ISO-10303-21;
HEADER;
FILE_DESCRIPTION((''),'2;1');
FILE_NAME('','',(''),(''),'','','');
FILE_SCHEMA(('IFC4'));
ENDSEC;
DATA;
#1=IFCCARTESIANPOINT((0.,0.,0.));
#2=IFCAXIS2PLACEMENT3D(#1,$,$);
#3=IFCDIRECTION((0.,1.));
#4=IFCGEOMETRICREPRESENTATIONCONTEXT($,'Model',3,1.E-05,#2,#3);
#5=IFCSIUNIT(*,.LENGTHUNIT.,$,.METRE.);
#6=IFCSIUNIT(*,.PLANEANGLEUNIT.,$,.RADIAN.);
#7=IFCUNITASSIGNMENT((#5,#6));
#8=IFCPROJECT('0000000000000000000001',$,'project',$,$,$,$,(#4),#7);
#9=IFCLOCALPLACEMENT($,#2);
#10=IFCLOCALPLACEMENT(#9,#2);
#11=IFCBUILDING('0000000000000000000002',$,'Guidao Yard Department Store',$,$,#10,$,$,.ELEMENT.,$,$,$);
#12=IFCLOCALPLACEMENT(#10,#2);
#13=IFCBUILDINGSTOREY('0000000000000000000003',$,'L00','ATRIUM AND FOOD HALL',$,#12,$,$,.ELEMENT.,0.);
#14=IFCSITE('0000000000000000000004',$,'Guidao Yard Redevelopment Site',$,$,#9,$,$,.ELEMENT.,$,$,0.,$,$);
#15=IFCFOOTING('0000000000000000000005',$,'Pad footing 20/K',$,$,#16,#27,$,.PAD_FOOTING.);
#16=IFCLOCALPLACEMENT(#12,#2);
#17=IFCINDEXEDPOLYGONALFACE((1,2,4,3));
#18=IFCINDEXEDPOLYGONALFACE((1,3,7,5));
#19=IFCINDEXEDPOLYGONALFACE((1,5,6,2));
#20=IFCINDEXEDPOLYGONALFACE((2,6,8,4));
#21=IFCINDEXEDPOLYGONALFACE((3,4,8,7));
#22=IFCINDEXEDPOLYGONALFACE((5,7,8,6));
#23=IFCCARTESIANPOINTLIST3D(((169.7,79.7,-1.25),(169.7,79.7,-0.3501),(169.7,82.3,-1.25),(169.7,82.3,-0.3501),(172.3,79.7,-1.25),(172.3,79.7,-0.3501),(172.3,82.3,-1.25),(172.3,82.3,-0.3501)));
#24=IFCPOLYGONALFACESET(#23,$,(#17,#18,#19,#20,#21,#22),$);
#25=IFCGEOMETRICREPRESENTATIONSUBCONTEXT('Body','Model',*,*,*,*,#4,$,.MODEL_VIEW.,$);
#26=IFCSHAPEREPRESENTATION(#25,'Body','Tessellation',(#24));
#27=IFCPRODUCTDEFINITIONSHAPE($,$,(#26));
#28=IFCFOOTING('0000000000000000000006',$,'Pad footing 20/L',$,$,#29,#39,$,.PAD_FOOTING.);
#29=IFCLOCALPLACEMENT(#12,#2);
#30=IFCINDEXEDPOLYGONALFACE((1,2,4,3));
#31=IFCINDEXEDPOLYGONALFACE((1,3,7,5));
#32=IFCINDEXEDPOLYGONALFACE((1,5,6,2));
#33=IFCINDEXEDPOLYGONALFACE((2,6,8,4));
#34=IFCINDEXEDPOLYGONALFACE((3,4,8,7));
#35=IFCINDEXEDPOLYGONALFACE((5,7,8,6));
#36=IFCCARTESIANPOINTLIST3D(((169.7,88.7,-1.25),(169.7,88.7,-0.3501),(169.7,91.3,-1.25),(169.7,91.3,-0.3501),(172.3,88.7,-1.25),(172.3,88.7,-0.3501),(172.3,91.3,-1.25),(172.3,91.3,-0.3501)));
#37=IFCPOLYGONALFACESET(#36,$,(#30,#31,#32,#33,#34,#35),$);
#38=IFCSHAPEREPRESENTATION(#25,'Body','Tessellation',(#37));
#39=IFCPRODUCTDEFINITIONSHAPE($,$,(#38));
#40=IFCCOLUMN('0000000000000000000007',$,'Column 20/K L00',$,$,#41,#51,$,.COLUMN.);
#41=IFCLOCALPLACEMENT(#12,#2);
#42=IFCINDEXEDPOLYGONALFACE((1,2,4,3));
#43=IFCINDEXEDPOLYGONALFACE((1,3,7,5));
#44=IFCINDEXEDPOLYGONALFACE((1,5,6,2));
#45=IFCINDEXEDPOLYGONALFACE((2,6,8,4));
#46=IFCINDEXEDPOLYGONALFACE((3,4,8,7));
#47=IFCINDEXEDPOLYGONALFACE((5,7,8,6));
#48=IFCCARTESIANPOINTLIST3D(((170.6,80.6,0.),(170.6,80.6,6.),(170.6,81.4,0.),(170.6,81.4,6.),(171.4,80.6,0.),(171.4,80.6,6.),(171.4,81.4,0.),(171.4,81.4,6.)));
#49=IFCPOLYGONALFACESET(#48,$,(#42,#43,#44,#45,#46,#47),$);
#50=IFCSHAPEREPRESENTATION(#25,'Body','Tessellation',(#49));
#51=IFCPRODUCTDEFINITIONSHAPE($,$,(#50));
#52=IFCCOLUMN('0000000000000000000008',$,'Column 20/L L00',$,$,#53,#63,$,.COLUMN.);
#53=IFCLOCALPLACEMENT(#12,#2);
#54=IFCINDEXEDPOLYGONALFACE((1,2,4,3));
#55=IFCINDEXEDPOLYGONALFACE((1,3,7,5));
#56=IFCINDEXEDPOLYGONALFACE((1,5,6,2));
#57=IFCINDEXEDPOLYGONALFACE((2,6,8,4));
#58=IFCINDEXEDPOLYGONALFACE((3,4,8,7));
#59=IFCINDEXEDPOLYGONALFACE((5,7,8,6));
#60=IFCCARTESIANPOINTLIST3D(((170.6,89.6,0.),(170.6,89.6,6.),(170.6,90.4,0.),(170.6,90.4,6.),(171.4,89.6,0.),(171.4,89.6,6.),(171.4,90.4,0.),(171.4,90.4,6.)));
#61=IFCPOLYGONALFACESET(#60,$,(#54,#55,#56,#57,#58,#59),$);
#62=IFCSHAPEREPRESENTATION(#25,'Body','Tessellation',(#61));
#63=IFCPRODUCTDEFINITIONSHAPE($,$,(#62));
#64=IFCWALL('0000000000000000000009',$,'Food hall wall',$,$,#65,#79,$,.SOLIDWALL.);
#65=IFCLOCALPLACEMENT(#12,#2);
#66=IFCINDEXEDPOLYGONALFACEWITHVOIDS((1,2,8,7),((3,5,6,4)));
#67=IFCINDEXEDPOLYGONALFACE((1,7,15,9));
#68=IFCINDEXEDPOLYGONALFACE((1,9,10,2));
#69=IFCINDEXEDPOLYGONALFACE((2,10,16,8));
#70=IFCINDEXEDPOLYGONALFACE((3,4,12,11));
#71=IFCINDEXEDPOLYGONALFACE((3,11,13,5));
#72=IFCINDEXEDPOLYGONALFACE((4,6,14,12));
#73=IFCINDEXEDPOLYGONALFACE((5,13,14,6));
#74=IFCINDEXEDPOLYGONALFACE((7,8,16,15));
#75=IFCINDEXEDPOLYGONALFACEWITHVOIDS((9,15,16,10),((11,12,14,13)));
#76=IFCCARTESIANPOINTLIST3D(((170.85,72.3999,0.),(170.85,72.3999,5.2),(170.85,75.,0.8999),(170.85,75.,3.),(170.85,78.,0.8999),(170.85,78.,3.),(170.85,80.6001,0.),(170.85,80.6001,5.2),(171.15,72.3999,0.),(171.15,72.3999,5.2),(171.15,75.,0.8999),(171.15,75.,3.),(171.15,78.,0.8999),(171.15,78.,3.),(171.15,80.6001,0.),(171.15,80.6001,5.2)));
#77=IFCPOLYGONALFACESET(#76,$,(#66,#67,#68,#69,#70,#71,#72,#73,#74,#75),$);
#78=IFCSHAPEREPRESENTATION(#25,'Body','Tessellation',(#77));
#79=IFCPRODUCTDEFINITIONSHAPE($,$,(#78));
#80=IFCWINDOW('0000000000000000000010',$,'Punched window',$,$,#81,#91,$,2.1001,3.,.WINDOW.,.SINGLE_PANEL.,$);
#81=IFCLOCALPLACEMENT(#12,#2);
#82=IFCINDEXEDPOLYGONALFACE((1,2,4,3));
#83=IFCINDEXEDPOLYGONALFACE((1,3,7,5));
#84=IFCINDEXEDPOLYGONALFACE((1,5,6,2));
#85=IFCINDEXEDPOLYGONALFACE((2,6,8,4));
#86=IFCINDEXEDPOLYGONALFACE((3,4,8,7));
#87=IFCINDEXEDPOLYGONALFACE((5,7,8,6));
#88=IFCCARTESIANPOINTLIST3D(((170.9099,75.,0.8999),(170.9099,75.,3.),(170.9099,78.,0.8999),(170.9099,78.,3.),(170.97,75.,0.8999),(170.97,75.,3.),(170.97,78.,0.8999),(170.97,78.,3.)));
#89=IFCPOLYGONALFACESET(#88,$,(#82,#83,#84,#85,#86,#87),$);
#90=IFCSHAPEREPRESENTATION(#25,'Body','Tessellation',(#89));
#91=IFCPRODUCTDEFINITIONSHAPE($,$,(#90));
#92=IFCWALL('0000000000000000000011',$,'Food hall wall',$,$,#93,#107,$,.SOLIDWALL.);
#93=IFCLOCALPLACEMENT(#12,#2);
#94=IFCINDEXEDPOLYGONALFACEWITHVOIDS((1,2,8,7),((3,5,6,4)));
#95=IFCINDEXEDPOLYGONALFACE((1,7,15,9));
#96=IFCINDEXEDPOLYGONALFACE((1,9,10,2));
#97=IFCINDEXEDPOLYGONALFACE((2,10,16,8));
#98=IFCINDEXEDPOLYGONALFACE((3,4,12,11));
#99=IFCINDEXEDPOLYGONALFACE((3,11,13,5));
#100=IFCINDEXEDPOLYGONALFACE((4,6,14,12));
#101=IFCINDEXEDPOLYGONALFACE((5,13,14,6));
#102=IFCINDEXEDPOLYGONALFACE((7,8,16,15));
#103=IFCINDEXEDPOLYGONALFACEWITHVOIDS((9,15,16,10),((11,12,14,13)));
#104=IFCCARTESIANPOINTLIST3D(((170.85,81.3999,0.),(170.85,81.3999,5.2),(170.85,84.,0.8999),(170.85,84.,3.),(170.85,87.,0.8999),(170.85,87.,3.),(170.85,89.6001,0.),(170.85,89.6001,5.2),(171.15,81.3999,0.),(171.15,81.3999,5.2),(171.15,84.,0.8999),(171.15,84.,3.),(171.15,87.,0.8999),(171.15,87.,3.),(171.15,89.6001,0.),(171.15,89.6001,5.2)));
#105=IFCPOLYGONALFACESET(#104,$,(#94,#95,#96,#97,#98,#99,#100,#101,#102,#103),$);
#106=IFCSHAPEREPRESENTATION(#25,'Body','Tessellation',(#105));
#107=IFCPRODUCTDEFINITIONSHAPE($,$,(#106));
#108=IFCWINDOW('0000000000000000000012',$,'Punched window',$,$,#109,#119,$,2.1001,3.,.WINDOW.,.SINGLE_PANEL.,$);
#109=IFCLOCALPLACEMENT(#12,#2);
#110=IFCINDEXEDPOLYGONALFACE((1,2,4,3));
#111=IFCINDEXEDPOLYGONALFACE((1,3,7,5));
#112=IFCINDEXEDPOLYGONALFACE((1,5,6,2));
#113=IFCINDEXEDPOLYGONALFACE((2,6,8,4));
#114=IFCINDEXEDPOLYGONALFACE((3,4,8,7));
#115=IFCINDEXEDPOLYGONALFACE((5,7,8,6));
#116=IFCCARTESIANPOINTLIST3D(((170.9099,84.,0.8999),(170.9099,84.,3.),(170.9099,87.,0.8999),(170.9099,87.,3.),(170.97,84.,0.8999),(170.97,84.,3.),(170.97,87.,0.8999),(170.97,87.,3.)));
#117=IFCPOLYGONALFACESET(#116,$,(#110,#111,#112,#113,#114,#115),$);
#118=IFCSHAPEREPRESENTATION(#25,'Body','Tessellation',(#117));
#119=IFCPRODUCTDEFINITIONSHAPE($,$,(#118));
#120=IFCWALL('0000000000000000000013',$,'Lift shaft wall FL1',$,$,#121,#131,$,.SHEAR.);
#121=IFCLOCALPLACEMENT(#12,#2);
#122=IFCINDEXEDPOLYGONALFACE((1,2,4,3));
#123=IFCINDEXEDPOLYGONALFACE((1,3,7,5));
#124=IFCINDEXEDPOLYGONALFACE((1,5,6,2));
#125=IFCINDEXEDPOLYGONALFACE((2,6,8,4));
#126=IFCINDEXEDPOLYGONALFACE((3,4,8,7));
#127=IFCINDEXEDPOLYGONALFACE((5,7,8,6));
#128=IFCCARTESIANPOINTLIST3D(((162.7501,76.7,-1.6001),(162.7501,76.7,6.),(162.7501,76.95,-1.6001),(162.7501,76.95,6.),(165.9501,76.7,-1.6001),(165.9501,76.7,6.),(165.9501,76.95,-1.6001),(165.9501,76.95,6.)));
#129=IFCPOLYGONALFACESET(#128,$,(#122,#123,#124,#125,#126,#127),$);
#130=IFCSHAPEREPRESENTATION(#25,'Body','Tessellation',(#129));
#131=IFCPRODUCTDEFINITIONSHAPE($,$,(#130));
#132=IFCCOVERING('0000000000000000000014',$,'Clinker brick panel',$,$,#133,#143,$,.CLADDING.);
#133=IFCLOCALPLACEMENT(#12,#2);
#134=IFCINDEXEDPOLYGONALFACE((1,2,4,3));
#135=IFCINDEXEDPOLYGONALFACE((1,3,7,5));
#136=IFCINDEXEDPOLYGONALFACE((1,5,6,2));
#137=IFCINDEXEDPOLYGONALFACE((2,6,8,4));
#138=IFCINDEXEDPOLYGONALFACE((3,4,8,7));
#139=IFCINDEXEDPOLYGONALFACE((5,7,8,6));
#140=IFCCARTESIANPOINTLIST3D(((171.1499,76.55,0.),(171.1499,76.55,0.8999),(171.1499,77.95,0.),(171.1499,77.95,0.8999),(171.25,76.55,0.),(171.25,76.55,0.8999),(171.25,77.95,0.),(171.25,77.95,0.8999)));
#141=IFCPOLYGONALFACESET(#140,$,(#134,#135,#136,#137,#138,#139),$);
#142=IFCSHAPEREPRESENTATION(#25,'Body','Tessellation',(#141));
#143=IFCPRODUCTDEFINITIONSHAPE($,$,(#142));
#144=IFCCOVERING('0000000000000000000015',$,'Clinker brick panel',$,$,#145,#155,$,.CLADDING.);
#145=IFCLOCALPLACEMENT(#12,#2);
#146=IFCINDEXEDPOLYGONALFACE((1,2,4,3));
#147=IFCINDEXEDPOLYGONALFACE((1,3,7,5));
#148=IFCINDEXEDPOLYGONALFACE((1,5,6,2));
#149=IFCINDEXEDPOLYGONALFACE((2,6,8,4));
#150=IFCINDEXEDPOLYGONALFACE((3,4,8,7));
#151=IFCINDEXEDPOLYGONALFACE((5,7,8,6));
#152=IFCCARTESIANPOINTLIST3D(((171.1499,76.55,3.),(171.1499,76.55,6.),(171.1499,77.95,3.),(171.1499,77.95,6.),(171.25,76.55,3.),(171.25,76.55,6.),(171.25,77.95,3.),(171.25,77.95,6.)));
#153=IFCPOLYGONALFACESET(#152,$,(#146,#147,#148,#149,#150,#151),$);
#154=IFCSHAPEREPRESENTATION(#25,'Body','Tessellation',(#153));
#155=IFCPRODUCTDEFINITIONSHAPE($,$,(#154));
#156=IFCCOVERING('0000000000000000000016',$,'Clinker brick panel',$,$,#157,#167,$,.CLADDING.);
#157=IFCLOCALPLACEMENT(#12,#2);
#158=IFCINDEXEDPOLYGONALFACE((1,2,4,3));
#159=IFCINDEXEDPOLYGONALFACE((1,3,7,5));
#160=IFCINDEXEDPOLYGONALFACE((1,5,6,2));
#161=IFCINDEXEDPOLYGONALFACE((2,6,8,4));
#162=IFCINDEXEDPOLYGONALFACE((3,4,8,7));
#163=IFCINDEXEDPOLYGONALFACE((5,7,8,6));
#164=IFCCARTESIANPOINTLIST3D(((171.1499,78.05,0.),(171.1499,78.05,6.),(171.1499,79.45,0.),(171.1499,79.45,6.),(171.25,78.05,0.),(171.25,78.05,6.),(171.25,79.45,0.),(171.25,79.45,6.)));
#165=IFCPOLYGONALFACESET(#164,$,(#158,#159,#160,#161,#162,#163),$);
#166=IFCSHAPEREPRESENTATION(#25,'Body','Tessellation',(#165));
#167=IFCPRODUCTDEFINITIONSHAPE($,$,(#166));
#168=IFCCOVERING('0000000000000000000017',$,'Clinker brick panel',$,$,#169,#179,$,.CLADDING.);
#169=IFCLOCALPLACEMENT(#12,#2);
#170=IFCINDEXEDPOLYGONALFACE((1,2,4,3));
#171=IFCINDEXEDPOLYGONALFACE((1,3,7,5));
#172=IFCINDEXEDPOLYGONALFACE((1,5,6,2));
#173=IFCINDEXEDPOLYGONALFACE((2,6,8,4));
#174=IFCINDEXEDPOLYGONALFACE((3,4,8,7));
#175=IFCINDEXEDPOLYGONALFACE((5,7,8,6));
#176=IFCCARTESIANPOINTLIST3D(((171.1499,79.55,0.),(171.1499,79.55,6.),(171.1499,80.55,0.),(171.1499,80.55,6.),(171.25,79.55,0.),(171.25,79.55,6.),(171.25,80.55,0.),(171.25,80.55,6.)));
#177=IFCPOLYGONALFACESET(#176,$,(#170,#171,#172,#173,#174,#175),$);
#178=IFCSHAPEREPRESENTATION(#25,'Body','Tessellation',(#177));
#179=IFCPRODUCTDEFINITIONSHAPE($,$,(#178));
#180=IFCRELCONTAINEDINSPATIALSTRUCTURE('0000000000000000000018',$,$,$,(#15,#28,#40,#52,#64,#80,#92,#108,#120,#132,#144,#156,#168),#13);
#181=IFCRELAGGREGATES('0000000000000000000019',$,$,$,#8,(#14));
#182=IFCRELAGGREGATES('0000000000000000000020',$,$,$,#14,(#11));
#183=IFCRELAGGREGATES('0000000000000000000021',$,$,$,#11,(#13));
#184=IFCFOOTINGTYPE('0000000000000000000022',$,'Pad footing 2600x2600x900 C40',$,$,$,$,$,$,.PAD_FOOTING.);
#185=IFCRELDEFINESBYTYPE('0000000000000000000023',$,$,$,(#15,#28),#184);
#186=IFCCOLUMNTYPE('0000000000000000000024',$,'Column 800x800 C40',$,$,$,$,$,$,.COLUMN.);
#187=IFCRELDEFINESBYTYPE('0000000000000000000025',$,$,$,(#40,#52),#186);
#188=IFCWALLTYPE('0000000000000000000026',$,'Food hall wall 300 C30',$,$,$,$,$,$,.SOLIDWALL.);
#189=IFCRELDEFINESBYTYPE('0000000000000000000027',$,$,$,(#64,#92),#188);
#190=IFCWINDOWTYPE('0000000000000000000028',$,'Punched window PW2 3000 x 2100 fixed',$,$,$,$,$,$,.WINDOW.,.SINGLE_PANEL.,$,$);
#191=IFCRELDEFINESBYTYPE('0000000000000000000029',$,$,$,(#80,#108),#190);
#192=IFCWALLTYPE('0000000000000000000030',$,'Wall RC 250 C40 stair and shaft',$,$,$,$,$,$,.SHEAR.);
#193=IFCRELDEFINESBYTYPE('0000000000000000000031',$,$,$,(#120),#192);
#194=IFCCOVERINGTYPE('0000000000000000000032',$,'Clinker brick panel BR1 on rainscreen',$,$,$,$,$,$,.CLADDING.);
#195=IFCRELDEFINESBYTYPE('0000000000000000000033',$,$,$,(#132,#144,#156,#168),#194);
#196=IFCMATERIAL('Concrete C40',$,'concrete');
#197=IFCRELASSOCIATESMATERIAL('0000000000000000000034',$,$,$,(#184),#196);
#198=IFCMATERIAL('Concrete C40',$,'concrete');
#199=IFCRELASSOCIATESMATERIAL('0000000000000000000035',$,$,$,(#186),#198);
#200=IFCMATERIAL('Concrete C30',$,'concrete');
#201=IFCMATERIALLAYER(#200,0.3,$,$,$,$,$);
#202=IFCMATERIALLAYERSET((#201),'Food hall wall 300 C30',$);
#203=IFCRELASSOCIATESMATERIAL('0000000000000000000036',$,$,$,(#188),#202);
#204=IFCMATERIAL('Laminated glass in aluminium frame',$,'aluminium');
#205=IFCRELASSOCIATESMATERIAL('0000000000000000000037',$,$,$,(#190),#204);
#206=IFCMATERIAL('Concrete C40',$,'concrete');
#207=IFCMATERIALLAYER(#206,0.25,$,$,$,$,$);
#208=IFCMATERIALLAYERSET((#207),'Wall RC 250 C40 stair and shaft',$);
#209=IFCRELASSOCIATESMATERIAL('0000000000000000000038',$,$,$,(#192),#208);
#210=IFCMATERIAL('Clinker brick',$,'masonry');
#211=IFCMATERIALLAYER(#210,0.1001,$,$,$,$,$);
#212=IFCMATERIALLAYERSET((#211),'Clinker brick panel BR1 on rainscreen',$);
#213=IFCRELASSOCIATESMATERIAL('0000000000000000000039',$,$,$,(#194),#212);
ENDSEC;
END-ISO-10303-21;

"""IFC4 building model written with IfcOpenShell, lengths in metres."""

from ifc_helpers import new_model, si_unit, direction, frame, frame_2d, origin, origin_2d, place, context, subcontext, project, spatial, rectangle, extrude, material, layer, layer_set, material_profile, profile_set, type_object, element, fill, save


model = new_model("IFC4")

# Units and contexts
model_context = context("Model", 3, precision=1e-05, world=origin(), true_north=direction((0.0, 1.0)))
body_context = subcontext(model_context, "Body", "Model", "MODEL_VIEW")
ifc_project = project(units=[si_unit("LENGTHUNIT", "METRE"), si_unit("PLANEANGLEUNIT", "RADIAN")], contexts=[model_context])

# Site, building, storey
site_placement = place(None, origin())
site = spatial("IfcSite", under=ifc_project, at=site_placement, Name="Guidao Yard Redevelopment Site", CompositionType="ELEMENT", RefElevation=0.0)
building_placement = place(site_placement, origin())
building = spatial("IfcBuilding", under=site, at=building_placement, Name="Guidao Yard Department Store", CompositionType="ELEMENT")
storey_placement = place(building_placement, origin())
storey = spatial("IfcBuildingStorey", under=building, at=storey_placement, Name="L00", Description="ATRIUM AND FOOD HALL", CompositionType="ELEMENT", Elevation=0.0)

# Footings
ifc_material_1 = material(Name="Concrete C40", Category="concrete")
footing_type = type_object("IfcFootingType", Name="Pad footing 2600x2600x900 C40", PredefinedType="PAD_FOOTING", material=ifc_material_1)
for number, where, z_axis, x_axis, name in (
    (1, (171.0, 81.0, -1.25), (0.0, 0.0, 1.0), (1.0, 0.0, 0.0), "Pad footing 20/K"),
    (2, (171.0, 90.0, -1.25), (0.0, 0.0, 1.0), (1.0, 0.0, 0.0), "Pad footing 20/L"),
):
    element("IfcFooting", number, at=place(storey_placement, frame(where, z_axis=z_axis, x_axis=x_axis)), inside=storey, type_object=footing_type, Name=name, PredefinedType="PAD_FOOTING", context=body_context, shape_type="SweptSolid", body=[
        extrude(rectangle(XDim=2.6001, YDim=2.6001, at=origin_2d()), origin(), (0.0, 0.0, 1.0), 0.8999),
    ])

# Columns
ifc_material_2 = material(Name="Concrete C40", Category="concrete")
ifc_material_profile = material_profile(ifc_material_2, rectangle(XDim=0.8, YDim=0.8, at=origin_2d()), Name="COL 800x800")
ifc_profile_set = profile_set([ifc_material_profile], Name="Concrete C40")
column_type = type_object("IfcColumnType", Name="Column 800x800 C40", PredefinedType="COLUMN", material=ifc_profile_set)
for number, where, z_axis, x_axis, name in (
    (3, (171.0, 81.0, 0.0), (0.0, 0.0, 1.0), (1.0, 0.0, 0.0), "Column 20/K L00"),
    (4, (171.0, 90.0, 0.0), (0.0, 0.0, 1.0), (1.0, 0.0, 0.0), "Column 20/L L00"),
):
    element("IfcColumn", number, at=place(storey_placement, frame(where, z_axis=z_axis, x_axis=x_axis)), inside=storey, type_object=column_type, Name=name, PredefinedType="COLUMN", context=body_context, shape_type="SweptSolid", body=[
        extrude(rectangle(XDim=0.8, YDim=0.8, at=origin_2d()), origin(), (0.0, 0.0, 1.0), 6.0),
    ])

# Walls, openings, windows
ifc_material_3 = material(Name="Concrete C30", Category="concrete")
ifc_layer_1 = layer(ifc_material_3, 0.3)
ifc_layer_set_1 = layer_set([ifc_layer_1], Name="Food hall wall 300 C30")
wall_type_1 = type_object("IfcWallType", Name="Food hall wall 300 C30", PredefinedType="SOLIDWALL", material=ifc_layer_set_1)
wall_1_placement = place(storey_placement, frame((171.0, 80.6001, 0.0), z_axis=(0.0, 0.0, 1.0), x_axis=(0.0, -1.0, 0.0)))
wall_1 = element("IfcWall", 5, at=wall_1_placement, inside=storey, type_object=wall_type_1, Name="Food hall wall", PredefinedType="SOLIDWALL", context=body_context, shape_type="SweptSolid", body=[
    extrude(rectangle(XDim=8.2002, YDim=0.3, at=frame_2d((4.1001, 0.0))), origin(), (0.0, 0.0, 1.0), 5.2),
])
opening_1_placement = place(wall_1_placement, frame((2.6001, 0.0, 0.8999)))
opening_1 = element("IfcOpeningElement", 6, at=opening_1_placement, cuts=wall_1, PredefinedType="OPENING", context=body_context, shape_type="SweptSolid", body=[
    extrude(rectangle(XDim=3.0, YDim=2.1001, at=frame_2d((1.5, 1.05))), frame((0.0, 0.1599, 0.0), z_axis=(0.0, -1.0, 0.0), x_axis=(1.0, 0.0, 0.0)), (0.0, 0.0, 1.0), 0.3201),
])
ifc_material_4 = material(Name="Laminated glass in aluminium frame", Category="aluminium")
window_type = type_object("IfcWindowType", Name="Punched window PW2 3000 x 2100 fixed", PartitioningType="SINGLE_PANEL", PredefinedType="WINDOW", material=ifc_material_4)
window_1_placement = place(opening_1_placement, origin())
window_1 = element("IfcWindow", 7, at=window_1_placement, inside=storey, type_object=window_type, Name="Punched window", OverallHeight=2.1001, OverallWidth=3.0, PartitioningType="SINGLE_PANEL", PredefinedType="WINDOW", context=body_context, shape_type="SweptSolid", body=[
    extrude(rectangle(XDim=3.0, YDim=2.1001, at=frame_2d((1.5, 1.05))), frame((0.0, -0.03, 0.0), z_axis=(0.0, -1.0, 0.0), x_axis=(1.0, 0.0, 0.0)), (0.0, 0.0, 1.0), 0.0601),
])
fill(opening_1, window_1)
wall_2_placement = place(storey_placement, frame((171.0, 89.6001, 0.0), z_axis=(0.0, 0.0, 1.0), x_axis=(0.0, -1.0, 0.0)))
wall_2 = element("IfcWall", 8, at=wall_2_placement, inside=storey, type_object=wall_type_1, Name="Food hall wall", PredefinedType="SOLIDWALL", context=body_context, shape_type="SweptSolid", body=[
    extrude(rectangle(XDim=8.2002, YDim=0.3, at=frame_2d((4.1001, 0.0))), origin(), (0.0, 0.0, 1.0), 5.2),
])
opening_2_placement = place(wall_2_placement, frame((2.6001, 0.0, 0.8999)))
opening_2 = element("IfcOpeningElement", 9, at=opening_2_placement, cuts=wall_2, PredefinedType="OPENING", context=body_context, shape_type="SweptSolid", body=[
    extrude(rectangle(XDim=3.0, YDim=2.1001, at=frame_2d((1.5, 1.05))), frame((0.0, 0.1599, 0.0), z_axis=(0.0, -1.0, 0.0), x_axis=(1.0, 0.0, 0.0)), (0.0, 0.0, 1.0), 0.3201),
])
window_2_placement = place(opening_2_placement, origin())
window_2 = element("IfcWindow", 10, at=window_2_placement, inside=storey, type_object=window_type, Name="Punched window", OverallHeight=2.1001, OverallWidth=3.0, PartitioningType="SINGLE_PANEL", PredefinedType="WINDOW", context=body_context, shape_type="SweptSolid", body=[
    extrude(rectangle(XDim=3.0, YDim=2.1001, at=frame_2d((1.5, 1.05))), frame((0.0, -0.03, 0.0), z_axis=(0.0, -1.0, 0.0), x_axis=(1.0, 0.0, 0.0)), (0.0, 0.0, 1.0), 0.0601),
])
fill(opening_2, window_2)

# Wall
ifc_material_5 = material(Name="Concrete C40", Category="concrete")
ifc_layer_2 = layer(ifc_material_5, 0.25)
ifc_layer_set_2 = layer_set([ifc_layer_2], Name="Wall RC 250 C40 stair and shaft")
wall_type_2 = type_object("IfcWallType", Name="Wall RC 250 C40 stair and shaft", PredefinedType="SHEAR", material=ifc_layer_set_2)
wall_3_placement = place(storey_placement, frame((162.75, 76.825, -1.6001), z_axis=(0.0, 0.0, 1.0), x_axis=(1.0, 0.0, 0.0)))
element("IfcWall", 11, at=wall_3_placement, inside=storey, type_object=wall_type_2, Name="Lift shaft wall FL1", PredefinedType="SHEAR", context=body_context, shape_type="SweptSolid", body=[
    extrude(rectangle(XDim=3.2, YDim=0.25, at=frame_2d((1.6001, 0.0))), origin(), (0.0, 0.0, 1.0), 7.6001),
])

# Coverings
ifc_material_6 = material(Name="Clinker brick", Category="masonry")
ifc_layer_3 = layer(ifc_material_6, 0.1001)
ifc_layer_set_3 = layer_set([ifc_layer_3], Name="Clinker brick panel BR1 on rainscreen")
covering_type = type_object("IfcCoveringType", Name="Clinker brick panel BR1 on rainscreen", PredefinedType="CLADDING", material=ifc_layer_set_3)
covering_1_placement = place(storey_placement, frame((171.2, 77.25, 0.0), z_axis=(0.0, 0.0, 1.0), x_axis=(0.0, -1.0, 0.0)))
element("IfcCovering", 12, at=covering_1_placement, inside=storey, type_object=covering_type, Name="Clinker brick panel", PredefinedType="CLADDING", context=body_context, shape_type="SweptSolid", body=[
    extrude(rectangle(XDim=1.3999, YDim=0.1001, at=origin_2d()), origin(), (0.0, 0.0, 1.0), 0.8999),
])
covering_2_placement = place(storey_placement, frame((171.2, 77.25, 3.0), z_axis=(0.0, 0.0, 1.0), x_axis=(0.0, -1.0, 0.0)))
element("IfcCovering", 13, at=covering_2_placement, inside=storey, type_object=covering_type, Name="Clinker brick panel", PredefinedType="CLADDING", context=body_context, shape_type="SweptSolid", body=[
    extrude(rectangle(XDim=1.3999, YDim=0.1001, at=origin_2d()), origin(), (0.0, 0.0, 1.0), 3.0),
])
covering_3_placement = place(storey_placement, frame((171.2, 78.75, 0.0), z_axis=(0.0, 0.0, 1.0), x_axis=(0.0, -1.0, 0.0)))
element("IfcCovering", 14, at=covering_3_placement, inside=storey, type_object=covering_type, Name="Clinker brick panel", PredefinedType="CLADDING", context=body_context, shape_type="SweptSolid", body=[
    extrude(rectangle(XDim=1.3999, YDim=0.1001, at=origin_2d()), origin(), (0.0, 0.0, 1.0), 6.0),
])
for number, where, z_axis, x_axis, name in (
    (15, (171.2, 80.05, 0.0), (0.0, 0.0, 1.0), (0.0, -1.0, 0.0), "Clinker brick panel"),
):
    element("IfcCovering", number, at=place(storey_placement, frame(where, z_axis=z_axis, x_axis=x_axis)), inside=storey, type_object=covering_type, Name=name, PredefinedType="CLADDING", context=body_context, shape_type="SweptSolid", body=[
        extrude(rectangle(XDim=1.0, YDim=0.1001, at=origin_2d()), origin(), (0.0, 0.0, 1.0), 6.0),
    ])

save(model, "model.ifc")
